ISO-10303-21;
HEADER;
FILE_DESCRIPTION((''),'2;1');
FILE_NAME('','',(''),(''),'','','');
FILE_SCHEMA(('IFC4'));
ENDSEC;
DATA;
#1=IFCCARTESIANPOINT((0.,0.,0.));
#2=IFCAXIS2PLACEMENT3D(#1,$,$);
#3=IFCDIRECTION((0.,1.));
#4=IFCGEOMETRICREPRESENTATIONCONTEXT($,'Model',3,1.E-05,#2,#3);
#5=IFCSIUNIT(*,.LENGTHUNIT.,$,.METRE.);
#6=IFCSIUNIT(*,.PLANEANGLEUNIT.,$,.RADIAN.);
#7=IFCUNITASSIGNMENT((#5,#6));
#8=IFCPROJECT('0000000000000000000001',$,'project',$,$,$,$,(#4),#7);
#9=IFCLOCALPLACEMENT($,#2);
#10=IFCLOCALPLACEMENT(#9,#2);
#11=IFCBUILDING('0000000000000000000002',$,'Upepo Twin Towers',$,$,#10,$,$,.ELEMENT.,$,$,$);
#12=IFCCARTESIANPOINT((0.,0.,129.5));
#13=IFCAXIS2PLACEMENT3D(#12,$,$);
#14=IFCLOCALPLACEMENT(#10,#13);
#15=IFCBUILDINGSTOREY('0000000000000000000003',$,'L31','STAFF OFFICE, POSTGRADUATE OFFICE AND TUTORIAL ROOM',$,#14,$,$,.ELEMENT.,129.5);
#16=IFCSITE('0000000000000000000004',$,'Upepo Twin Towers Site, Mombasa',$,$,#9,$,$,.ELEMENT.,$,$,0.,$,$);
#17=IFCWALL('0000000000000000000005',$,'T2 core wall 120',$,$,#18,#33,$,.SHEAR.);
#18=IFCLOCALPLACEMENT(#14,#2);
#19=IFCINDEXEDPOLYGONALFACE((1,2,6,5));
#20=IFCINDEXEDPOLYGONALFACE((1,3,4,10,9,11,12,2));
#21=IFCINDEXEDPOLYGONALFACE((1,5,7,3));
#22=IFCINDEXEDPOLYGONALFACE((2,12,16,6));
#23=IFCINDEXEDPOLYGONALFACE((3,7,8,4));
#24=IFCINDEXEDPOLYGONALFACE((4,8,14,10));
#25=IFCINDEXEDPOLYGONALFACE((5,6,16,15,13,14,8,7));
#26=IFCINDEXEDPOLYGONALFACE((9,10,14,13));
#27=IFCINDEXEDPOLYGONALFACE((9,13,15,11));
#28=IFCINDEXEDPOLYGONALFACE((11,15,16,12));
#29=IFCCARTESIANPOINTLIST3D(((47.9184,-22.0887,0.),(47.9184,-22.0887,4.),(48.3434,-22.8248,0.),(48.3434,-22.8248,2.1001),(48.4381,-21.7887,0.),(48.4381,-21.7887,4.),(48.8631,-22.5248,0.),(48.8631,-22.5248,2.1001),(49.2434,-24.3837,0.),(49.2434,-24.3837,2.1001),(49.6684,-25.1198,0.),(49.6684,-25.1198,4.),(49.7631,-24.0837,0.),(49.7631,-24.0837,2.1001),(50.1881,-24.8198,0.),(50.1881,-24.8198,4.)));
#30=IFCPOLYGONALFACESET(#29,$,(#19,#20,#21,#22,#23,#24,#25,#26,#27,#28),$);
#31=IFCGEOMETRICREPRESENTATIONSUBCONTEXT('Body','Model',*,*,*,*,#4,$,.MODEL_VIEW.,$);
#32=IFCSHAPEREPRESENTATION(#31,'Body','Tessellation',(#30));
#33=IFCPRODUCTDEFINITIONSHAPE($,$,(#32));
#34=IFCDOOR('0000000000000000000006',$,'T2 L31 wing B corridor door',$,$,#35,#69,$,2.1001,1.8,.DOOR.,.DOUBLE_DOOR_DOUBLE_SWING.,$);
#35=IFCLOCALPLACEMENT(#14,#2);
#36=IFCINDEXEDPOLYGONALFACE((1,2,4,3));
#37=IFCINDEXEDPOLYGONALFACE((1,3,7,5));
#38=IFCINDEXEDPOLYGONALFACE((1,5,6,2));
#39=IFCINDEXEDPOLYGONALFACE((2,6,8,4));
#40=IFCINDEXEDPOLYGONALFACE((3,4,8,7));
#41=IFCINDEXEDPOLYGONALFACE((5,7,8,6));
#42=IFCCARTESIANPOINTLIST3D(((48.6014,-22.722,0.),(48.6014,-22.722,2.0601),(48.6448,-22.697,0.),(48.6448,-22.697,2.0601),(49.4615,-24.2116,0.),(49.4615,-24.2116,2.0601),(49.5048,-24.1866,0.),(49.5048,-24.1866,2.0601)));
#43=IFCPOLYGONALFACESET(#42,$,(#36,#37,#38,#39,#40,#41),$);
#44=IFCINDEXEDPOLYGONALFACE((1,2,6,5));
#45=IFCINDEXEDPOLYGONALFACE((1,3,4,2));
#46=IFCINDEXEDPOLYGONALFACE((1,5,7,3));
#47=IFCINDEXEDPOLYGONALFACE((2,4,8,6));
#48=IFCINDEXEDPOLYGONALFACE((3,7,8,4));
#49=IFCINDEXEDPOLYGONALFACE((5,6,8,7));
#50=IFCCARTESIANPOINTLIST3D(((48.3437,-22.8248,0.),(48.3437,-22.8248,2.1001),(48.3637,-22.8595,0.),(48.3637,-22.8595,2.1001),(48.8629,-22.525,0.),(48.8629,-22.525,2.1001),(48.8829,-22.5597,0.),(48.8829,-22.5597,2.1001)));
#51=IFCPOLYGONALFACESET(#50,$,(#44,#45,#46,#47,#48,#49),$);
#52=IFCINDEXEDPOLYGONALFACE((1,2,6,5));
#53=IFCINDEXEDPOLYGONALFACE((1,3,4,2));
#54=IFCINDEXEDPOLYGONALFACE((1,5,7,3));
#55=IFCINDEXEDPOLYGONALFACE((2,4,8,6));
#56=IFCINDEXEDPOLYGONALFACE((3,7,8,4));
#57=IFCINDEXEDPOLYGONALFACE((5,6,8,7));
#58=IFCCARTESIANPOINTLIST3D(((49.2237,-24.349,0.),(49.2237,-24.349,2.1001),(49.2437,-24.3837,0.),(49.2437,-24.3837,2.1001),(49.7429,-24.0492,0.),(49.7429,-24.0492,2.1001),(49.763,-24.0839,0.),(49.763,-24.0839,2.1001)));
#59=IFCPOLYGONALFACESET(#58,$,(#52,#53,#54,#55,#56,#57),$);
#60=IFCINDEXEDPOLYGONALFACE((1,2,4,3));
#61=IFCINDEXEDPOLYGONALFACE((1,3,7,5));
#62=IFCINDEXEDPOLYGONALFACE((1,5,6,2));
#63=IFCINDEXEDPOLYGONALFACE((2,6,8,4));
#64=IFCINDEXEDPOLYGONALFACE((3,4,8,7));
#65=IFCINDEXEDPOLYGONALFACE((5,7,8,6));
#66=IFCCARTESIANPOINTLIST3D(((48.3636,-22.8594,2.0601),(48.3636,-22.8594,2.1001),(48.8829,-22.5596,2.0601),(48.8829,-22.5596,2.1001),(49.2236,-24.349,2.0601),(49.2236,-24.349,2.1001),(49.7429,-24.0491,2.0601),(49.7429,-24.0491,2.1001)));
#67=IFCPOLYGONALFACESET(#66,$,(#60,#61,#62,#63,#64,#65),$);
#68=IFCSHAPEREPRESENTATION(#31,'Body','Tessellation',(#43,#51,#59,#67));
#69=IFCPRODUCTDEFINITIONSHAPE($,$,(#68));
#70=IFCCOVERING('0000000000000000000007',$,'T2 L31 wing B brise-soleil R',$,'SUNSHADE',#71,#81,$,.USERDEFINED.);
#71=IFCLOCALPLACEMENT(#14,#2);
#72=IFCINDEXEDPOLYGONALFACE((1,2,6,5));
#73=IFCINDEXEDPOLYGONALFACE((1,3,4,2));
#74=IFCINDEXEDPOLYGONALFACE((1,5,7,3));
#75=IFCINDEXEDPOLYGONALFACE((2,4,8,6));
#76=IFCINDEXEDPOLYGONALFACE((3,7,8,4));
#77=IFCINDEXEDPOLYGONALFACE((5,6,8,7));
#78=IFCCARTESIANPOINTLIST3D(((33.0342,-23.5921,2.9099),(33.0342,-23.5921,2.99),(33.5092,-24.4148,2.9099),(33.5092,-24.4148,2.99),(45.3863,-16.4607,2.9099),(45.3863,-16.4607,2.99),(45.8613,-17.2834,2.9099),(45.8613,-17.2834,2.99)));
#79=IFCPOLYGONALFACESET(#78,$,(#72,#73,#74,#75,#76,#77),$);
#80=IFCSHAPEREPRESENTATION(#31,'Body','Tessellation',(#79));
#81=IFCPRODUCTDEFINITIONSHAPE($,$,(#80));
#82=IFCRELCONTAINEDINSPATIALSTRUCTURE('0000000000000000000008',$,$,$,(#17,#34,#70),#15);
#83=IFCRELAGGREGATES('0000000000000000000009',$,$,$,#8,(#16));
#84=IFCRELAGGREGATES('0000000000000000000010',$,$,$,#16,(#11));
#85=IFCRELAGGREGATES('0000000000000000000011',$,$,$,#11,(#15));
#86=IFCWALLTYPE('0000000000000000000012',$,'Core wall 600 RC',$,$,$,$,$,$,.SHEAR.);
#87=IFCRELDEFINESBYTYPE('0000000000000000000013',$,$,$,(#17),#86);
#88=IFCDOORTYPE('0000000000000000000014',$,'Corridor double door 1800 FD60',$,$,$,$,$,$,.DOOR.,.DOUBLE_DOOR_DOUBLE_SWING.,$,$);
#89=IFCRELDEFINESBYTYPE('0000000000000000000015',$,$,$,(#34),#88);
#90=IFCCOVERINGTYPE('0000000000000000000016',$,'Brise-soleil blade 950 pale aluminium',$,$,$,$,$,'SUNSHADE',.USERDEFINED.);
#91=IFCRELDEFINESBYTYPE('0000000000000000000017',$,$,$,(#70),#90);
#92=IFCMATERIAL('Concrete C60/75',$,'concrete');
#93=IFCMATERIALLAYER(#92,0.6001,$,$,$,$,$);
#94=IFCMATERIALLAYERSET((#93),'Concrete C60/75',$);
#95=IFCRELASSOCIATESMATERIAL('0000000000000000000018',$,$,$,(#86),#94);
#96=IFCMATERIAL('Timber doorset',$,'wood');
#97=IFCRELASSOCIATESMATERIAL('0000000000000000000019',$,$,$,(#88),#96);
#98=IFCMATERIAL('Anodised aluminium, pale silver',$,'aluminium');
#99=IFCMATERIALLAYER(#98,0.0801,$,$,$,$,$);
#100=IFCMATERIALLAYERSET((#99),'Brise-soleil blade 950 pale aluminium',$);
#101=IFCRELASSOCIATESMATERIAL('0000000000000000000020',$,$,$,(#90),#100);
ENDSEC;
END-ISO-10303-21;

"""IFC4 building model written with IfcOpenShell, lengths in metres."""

from ifc_helpers import new_model, si_unit, direction, frame, frame_2d, origin, origin_2d, place, context, subcontext, project, spatial, rectangle, extrude, material, layer, layer_set, type_object, element, fill, save


model = new_model("IFC4")

# Units and contexts
model_context = context("Model", 3, precision=1e-05, world=origin(), true_north=direction((0.0, 1.0)))
body_context = subcontext(model_context, "Body", "Model", "MODEL_VIEW")
ifc_project = project(units=[si_unit("LENGTHUNIT", "METRE"), si_unit("PLANEANGLEUNIT", "RADIAN")], contexts=[model_context])

# Site, building, storey
site_placement = place(None, origin())
site = spatial("IfcSite", under=ifc_project, at=site_placement, Name="Upepo Twin Towers Site, Mombasa", CompositionType="ELEMENT", RefElevation=0.0)
building_placement = place(site_placement, origin())
building = spatial("IfcBuilding", under=site, at=building_placement, Name="Upepo Twin Towers", CompositionType="ELEMENT")
storey_placement = place(building_placement, frame((0.0, 0.0, 129.5)))
storey = spatial("IfcBuildingStorey", under=building, at=storey_placement, Name="L31", Description="STAFF OFFICE, POSTGRADUATE OFFICE AND TUTORIAL ROOM", CompositionType="ELEMENT", Elevation=129.5)

# Shared definitions
ifc_material_1 = material(Name="Concrete C60/75", Category="concrete")
ifc_layer_1 = layer(ifc_material_1, 0.6001)
ifc_layer_set_1 = layer_set([ifc_layer_1], Name="Concrete C60/75")
wall_type_1 = type_object("IfcWallType", Name="Core wall 600 RC", PredefinedType="SHEAR", material=ifc_layer_set_1)

# Wall, opening, door
wall_1_placement = place(storey_placement, frame((48.1782, -21.9387, 0.0), z_axis=(0.0, 0.0, 1.0), x_axis=(0.50001, -0.866019, 0.0)))
wall_1 = element("IfcWall", 1, at=wall_1_placement, inside=storey, type_object=wall_type_1, Name="T2 core wall 120", PredefinedType="SHEAR", context=body_context, shape_type="SweptSolid", body=[
    extrude(rectangle(XDim=3.5, YDim=0.6001, at=frame_2d((1.75, 0.0))), origin(), (0.0, 0.0, 1.0), 4.0),
])
opening_placement = place(wall_1_placement, frame((0.8501, 0.0, 0.0)))
opening = element("IfcOpeningElement", 2, at=opening_placement, cuts=wall_1, PredefinedType="OPENING", context=body_context, shape_type="SweptSolid", body=[
    extrude(rectangle(XDim=1.8, YDim=2.1001, at=frame_2d((0.8999, 1.05))), frame((0.0, 0.3101, 0.0), z_axis=(0.0, -1.0, 0.0), x_axis=(1.0, 0.0, 0.0)), (0.0, 0.0, 1.0), 0.6201),
])
ifc_material_2 = material(Name="Timber doorset", Category="wood")
door_type = type_object("IfcDoorType", Name="Corridor double door 1800 FD60", OperationType="DOUBLE_DOOR_DOUBLE_SWING", PredefinedType="DOOR", material=ifc_material_2)
door_placement = place(opening_placement, origin())
door = element("IfcDoor", 3, at=door_placement, inside=storey, type_object=door_type, Name="T2 L31 wing B corridor door", OperationType="DOUBLE_DOOR_DOUBLE_SWING", OverallHeight=2.1001, OverallWidth=1.8, PredefinedType="DOOR", context=body_context, shape_type="SweptSolid", body=[
    extrude(rectangle(XDim=1.72, YDim=2.0601, at=frame_2d((0.8999, 1.03))), frame((0.0, 0.0249, 0.0), z_axis=(0.0, -1.0, 0.0), x_axis=(1.0, 0.0, 0.0)), (0.0, 0.0, 1.0), 0.05),
    extrude(rectangle(XDim=0.04, YDim=2.1001, at=frame_2d((0.02, 1.05))), frame((0.0, 0.2998, 0.0), z_axis=(0.0, -1.0, 0.0), x_axis=(1.0, 0.0, 0.0)), (0.0, 0.0, 1.0), 0.5996),
    extrude(rectangle(XDim=0.04, YDim=2.1001, at=frame_2d((1.78, 1.05))), frame((0.0, 0.2998, 0.0), z_axis=(0.0, -1.0, 0.0), x_axis=(1.0, 0.0, 0.0)), (0.0, 0.0, 1.0), 0.5996),
    extrude(rectangle(XDim=1.72, YDim=0.04, at=frame_2d((0.8999, 2.0801))), frame((0.0, 0.2998, 0.0), z_axis=(0.0, -1.0, 0.0), x_axis=(1.0, 0.0, 0.0)), (0.0, 0.0, 1.0), 0.5996),
])
fill(opening, door)

# Covering
ifc_material_3 = material(Name="Anodised aluminium, pale silver", Category="aluminium")
ifc_layer_2 = layer(ifc_material_3, 0.0801)
ifc_layer_set_2 = layer_set([ifc_layer_2], Name="Brise-soleil blade 950 pale aluminium")
covering_type = type_object("IfcCoveringType", Name="Brise-soleil blade 950 pale aluminium", ElementType="SUNSHADE", PredefinedType="USERDEFINED", material=ifc_layer_set_2)
covering_placement = place(storey_placement, frame((39.4478, -20.4377, 2.9099), z_axis=(0.0, 0.0, 1.0), x_axis=(-0.866025, -0.5, 0.0)))
element("IfcCovering", 4, at=covering_placement, inside=storey, type_object=covering_type, Name="T2 L31 wing B brise-soleil R", ObjectType="SUNSHADE", PredefinedType="USERDEFINED", context=body_context, shape_type="SweptSolid", body=[
    extrude(rectangle(XDim=14.2629, YDim=0.95, at=origin_2d()), origin(), (0.0, 0.0, 1.0), 0.0801),
])

save(model, "model.ifc")
